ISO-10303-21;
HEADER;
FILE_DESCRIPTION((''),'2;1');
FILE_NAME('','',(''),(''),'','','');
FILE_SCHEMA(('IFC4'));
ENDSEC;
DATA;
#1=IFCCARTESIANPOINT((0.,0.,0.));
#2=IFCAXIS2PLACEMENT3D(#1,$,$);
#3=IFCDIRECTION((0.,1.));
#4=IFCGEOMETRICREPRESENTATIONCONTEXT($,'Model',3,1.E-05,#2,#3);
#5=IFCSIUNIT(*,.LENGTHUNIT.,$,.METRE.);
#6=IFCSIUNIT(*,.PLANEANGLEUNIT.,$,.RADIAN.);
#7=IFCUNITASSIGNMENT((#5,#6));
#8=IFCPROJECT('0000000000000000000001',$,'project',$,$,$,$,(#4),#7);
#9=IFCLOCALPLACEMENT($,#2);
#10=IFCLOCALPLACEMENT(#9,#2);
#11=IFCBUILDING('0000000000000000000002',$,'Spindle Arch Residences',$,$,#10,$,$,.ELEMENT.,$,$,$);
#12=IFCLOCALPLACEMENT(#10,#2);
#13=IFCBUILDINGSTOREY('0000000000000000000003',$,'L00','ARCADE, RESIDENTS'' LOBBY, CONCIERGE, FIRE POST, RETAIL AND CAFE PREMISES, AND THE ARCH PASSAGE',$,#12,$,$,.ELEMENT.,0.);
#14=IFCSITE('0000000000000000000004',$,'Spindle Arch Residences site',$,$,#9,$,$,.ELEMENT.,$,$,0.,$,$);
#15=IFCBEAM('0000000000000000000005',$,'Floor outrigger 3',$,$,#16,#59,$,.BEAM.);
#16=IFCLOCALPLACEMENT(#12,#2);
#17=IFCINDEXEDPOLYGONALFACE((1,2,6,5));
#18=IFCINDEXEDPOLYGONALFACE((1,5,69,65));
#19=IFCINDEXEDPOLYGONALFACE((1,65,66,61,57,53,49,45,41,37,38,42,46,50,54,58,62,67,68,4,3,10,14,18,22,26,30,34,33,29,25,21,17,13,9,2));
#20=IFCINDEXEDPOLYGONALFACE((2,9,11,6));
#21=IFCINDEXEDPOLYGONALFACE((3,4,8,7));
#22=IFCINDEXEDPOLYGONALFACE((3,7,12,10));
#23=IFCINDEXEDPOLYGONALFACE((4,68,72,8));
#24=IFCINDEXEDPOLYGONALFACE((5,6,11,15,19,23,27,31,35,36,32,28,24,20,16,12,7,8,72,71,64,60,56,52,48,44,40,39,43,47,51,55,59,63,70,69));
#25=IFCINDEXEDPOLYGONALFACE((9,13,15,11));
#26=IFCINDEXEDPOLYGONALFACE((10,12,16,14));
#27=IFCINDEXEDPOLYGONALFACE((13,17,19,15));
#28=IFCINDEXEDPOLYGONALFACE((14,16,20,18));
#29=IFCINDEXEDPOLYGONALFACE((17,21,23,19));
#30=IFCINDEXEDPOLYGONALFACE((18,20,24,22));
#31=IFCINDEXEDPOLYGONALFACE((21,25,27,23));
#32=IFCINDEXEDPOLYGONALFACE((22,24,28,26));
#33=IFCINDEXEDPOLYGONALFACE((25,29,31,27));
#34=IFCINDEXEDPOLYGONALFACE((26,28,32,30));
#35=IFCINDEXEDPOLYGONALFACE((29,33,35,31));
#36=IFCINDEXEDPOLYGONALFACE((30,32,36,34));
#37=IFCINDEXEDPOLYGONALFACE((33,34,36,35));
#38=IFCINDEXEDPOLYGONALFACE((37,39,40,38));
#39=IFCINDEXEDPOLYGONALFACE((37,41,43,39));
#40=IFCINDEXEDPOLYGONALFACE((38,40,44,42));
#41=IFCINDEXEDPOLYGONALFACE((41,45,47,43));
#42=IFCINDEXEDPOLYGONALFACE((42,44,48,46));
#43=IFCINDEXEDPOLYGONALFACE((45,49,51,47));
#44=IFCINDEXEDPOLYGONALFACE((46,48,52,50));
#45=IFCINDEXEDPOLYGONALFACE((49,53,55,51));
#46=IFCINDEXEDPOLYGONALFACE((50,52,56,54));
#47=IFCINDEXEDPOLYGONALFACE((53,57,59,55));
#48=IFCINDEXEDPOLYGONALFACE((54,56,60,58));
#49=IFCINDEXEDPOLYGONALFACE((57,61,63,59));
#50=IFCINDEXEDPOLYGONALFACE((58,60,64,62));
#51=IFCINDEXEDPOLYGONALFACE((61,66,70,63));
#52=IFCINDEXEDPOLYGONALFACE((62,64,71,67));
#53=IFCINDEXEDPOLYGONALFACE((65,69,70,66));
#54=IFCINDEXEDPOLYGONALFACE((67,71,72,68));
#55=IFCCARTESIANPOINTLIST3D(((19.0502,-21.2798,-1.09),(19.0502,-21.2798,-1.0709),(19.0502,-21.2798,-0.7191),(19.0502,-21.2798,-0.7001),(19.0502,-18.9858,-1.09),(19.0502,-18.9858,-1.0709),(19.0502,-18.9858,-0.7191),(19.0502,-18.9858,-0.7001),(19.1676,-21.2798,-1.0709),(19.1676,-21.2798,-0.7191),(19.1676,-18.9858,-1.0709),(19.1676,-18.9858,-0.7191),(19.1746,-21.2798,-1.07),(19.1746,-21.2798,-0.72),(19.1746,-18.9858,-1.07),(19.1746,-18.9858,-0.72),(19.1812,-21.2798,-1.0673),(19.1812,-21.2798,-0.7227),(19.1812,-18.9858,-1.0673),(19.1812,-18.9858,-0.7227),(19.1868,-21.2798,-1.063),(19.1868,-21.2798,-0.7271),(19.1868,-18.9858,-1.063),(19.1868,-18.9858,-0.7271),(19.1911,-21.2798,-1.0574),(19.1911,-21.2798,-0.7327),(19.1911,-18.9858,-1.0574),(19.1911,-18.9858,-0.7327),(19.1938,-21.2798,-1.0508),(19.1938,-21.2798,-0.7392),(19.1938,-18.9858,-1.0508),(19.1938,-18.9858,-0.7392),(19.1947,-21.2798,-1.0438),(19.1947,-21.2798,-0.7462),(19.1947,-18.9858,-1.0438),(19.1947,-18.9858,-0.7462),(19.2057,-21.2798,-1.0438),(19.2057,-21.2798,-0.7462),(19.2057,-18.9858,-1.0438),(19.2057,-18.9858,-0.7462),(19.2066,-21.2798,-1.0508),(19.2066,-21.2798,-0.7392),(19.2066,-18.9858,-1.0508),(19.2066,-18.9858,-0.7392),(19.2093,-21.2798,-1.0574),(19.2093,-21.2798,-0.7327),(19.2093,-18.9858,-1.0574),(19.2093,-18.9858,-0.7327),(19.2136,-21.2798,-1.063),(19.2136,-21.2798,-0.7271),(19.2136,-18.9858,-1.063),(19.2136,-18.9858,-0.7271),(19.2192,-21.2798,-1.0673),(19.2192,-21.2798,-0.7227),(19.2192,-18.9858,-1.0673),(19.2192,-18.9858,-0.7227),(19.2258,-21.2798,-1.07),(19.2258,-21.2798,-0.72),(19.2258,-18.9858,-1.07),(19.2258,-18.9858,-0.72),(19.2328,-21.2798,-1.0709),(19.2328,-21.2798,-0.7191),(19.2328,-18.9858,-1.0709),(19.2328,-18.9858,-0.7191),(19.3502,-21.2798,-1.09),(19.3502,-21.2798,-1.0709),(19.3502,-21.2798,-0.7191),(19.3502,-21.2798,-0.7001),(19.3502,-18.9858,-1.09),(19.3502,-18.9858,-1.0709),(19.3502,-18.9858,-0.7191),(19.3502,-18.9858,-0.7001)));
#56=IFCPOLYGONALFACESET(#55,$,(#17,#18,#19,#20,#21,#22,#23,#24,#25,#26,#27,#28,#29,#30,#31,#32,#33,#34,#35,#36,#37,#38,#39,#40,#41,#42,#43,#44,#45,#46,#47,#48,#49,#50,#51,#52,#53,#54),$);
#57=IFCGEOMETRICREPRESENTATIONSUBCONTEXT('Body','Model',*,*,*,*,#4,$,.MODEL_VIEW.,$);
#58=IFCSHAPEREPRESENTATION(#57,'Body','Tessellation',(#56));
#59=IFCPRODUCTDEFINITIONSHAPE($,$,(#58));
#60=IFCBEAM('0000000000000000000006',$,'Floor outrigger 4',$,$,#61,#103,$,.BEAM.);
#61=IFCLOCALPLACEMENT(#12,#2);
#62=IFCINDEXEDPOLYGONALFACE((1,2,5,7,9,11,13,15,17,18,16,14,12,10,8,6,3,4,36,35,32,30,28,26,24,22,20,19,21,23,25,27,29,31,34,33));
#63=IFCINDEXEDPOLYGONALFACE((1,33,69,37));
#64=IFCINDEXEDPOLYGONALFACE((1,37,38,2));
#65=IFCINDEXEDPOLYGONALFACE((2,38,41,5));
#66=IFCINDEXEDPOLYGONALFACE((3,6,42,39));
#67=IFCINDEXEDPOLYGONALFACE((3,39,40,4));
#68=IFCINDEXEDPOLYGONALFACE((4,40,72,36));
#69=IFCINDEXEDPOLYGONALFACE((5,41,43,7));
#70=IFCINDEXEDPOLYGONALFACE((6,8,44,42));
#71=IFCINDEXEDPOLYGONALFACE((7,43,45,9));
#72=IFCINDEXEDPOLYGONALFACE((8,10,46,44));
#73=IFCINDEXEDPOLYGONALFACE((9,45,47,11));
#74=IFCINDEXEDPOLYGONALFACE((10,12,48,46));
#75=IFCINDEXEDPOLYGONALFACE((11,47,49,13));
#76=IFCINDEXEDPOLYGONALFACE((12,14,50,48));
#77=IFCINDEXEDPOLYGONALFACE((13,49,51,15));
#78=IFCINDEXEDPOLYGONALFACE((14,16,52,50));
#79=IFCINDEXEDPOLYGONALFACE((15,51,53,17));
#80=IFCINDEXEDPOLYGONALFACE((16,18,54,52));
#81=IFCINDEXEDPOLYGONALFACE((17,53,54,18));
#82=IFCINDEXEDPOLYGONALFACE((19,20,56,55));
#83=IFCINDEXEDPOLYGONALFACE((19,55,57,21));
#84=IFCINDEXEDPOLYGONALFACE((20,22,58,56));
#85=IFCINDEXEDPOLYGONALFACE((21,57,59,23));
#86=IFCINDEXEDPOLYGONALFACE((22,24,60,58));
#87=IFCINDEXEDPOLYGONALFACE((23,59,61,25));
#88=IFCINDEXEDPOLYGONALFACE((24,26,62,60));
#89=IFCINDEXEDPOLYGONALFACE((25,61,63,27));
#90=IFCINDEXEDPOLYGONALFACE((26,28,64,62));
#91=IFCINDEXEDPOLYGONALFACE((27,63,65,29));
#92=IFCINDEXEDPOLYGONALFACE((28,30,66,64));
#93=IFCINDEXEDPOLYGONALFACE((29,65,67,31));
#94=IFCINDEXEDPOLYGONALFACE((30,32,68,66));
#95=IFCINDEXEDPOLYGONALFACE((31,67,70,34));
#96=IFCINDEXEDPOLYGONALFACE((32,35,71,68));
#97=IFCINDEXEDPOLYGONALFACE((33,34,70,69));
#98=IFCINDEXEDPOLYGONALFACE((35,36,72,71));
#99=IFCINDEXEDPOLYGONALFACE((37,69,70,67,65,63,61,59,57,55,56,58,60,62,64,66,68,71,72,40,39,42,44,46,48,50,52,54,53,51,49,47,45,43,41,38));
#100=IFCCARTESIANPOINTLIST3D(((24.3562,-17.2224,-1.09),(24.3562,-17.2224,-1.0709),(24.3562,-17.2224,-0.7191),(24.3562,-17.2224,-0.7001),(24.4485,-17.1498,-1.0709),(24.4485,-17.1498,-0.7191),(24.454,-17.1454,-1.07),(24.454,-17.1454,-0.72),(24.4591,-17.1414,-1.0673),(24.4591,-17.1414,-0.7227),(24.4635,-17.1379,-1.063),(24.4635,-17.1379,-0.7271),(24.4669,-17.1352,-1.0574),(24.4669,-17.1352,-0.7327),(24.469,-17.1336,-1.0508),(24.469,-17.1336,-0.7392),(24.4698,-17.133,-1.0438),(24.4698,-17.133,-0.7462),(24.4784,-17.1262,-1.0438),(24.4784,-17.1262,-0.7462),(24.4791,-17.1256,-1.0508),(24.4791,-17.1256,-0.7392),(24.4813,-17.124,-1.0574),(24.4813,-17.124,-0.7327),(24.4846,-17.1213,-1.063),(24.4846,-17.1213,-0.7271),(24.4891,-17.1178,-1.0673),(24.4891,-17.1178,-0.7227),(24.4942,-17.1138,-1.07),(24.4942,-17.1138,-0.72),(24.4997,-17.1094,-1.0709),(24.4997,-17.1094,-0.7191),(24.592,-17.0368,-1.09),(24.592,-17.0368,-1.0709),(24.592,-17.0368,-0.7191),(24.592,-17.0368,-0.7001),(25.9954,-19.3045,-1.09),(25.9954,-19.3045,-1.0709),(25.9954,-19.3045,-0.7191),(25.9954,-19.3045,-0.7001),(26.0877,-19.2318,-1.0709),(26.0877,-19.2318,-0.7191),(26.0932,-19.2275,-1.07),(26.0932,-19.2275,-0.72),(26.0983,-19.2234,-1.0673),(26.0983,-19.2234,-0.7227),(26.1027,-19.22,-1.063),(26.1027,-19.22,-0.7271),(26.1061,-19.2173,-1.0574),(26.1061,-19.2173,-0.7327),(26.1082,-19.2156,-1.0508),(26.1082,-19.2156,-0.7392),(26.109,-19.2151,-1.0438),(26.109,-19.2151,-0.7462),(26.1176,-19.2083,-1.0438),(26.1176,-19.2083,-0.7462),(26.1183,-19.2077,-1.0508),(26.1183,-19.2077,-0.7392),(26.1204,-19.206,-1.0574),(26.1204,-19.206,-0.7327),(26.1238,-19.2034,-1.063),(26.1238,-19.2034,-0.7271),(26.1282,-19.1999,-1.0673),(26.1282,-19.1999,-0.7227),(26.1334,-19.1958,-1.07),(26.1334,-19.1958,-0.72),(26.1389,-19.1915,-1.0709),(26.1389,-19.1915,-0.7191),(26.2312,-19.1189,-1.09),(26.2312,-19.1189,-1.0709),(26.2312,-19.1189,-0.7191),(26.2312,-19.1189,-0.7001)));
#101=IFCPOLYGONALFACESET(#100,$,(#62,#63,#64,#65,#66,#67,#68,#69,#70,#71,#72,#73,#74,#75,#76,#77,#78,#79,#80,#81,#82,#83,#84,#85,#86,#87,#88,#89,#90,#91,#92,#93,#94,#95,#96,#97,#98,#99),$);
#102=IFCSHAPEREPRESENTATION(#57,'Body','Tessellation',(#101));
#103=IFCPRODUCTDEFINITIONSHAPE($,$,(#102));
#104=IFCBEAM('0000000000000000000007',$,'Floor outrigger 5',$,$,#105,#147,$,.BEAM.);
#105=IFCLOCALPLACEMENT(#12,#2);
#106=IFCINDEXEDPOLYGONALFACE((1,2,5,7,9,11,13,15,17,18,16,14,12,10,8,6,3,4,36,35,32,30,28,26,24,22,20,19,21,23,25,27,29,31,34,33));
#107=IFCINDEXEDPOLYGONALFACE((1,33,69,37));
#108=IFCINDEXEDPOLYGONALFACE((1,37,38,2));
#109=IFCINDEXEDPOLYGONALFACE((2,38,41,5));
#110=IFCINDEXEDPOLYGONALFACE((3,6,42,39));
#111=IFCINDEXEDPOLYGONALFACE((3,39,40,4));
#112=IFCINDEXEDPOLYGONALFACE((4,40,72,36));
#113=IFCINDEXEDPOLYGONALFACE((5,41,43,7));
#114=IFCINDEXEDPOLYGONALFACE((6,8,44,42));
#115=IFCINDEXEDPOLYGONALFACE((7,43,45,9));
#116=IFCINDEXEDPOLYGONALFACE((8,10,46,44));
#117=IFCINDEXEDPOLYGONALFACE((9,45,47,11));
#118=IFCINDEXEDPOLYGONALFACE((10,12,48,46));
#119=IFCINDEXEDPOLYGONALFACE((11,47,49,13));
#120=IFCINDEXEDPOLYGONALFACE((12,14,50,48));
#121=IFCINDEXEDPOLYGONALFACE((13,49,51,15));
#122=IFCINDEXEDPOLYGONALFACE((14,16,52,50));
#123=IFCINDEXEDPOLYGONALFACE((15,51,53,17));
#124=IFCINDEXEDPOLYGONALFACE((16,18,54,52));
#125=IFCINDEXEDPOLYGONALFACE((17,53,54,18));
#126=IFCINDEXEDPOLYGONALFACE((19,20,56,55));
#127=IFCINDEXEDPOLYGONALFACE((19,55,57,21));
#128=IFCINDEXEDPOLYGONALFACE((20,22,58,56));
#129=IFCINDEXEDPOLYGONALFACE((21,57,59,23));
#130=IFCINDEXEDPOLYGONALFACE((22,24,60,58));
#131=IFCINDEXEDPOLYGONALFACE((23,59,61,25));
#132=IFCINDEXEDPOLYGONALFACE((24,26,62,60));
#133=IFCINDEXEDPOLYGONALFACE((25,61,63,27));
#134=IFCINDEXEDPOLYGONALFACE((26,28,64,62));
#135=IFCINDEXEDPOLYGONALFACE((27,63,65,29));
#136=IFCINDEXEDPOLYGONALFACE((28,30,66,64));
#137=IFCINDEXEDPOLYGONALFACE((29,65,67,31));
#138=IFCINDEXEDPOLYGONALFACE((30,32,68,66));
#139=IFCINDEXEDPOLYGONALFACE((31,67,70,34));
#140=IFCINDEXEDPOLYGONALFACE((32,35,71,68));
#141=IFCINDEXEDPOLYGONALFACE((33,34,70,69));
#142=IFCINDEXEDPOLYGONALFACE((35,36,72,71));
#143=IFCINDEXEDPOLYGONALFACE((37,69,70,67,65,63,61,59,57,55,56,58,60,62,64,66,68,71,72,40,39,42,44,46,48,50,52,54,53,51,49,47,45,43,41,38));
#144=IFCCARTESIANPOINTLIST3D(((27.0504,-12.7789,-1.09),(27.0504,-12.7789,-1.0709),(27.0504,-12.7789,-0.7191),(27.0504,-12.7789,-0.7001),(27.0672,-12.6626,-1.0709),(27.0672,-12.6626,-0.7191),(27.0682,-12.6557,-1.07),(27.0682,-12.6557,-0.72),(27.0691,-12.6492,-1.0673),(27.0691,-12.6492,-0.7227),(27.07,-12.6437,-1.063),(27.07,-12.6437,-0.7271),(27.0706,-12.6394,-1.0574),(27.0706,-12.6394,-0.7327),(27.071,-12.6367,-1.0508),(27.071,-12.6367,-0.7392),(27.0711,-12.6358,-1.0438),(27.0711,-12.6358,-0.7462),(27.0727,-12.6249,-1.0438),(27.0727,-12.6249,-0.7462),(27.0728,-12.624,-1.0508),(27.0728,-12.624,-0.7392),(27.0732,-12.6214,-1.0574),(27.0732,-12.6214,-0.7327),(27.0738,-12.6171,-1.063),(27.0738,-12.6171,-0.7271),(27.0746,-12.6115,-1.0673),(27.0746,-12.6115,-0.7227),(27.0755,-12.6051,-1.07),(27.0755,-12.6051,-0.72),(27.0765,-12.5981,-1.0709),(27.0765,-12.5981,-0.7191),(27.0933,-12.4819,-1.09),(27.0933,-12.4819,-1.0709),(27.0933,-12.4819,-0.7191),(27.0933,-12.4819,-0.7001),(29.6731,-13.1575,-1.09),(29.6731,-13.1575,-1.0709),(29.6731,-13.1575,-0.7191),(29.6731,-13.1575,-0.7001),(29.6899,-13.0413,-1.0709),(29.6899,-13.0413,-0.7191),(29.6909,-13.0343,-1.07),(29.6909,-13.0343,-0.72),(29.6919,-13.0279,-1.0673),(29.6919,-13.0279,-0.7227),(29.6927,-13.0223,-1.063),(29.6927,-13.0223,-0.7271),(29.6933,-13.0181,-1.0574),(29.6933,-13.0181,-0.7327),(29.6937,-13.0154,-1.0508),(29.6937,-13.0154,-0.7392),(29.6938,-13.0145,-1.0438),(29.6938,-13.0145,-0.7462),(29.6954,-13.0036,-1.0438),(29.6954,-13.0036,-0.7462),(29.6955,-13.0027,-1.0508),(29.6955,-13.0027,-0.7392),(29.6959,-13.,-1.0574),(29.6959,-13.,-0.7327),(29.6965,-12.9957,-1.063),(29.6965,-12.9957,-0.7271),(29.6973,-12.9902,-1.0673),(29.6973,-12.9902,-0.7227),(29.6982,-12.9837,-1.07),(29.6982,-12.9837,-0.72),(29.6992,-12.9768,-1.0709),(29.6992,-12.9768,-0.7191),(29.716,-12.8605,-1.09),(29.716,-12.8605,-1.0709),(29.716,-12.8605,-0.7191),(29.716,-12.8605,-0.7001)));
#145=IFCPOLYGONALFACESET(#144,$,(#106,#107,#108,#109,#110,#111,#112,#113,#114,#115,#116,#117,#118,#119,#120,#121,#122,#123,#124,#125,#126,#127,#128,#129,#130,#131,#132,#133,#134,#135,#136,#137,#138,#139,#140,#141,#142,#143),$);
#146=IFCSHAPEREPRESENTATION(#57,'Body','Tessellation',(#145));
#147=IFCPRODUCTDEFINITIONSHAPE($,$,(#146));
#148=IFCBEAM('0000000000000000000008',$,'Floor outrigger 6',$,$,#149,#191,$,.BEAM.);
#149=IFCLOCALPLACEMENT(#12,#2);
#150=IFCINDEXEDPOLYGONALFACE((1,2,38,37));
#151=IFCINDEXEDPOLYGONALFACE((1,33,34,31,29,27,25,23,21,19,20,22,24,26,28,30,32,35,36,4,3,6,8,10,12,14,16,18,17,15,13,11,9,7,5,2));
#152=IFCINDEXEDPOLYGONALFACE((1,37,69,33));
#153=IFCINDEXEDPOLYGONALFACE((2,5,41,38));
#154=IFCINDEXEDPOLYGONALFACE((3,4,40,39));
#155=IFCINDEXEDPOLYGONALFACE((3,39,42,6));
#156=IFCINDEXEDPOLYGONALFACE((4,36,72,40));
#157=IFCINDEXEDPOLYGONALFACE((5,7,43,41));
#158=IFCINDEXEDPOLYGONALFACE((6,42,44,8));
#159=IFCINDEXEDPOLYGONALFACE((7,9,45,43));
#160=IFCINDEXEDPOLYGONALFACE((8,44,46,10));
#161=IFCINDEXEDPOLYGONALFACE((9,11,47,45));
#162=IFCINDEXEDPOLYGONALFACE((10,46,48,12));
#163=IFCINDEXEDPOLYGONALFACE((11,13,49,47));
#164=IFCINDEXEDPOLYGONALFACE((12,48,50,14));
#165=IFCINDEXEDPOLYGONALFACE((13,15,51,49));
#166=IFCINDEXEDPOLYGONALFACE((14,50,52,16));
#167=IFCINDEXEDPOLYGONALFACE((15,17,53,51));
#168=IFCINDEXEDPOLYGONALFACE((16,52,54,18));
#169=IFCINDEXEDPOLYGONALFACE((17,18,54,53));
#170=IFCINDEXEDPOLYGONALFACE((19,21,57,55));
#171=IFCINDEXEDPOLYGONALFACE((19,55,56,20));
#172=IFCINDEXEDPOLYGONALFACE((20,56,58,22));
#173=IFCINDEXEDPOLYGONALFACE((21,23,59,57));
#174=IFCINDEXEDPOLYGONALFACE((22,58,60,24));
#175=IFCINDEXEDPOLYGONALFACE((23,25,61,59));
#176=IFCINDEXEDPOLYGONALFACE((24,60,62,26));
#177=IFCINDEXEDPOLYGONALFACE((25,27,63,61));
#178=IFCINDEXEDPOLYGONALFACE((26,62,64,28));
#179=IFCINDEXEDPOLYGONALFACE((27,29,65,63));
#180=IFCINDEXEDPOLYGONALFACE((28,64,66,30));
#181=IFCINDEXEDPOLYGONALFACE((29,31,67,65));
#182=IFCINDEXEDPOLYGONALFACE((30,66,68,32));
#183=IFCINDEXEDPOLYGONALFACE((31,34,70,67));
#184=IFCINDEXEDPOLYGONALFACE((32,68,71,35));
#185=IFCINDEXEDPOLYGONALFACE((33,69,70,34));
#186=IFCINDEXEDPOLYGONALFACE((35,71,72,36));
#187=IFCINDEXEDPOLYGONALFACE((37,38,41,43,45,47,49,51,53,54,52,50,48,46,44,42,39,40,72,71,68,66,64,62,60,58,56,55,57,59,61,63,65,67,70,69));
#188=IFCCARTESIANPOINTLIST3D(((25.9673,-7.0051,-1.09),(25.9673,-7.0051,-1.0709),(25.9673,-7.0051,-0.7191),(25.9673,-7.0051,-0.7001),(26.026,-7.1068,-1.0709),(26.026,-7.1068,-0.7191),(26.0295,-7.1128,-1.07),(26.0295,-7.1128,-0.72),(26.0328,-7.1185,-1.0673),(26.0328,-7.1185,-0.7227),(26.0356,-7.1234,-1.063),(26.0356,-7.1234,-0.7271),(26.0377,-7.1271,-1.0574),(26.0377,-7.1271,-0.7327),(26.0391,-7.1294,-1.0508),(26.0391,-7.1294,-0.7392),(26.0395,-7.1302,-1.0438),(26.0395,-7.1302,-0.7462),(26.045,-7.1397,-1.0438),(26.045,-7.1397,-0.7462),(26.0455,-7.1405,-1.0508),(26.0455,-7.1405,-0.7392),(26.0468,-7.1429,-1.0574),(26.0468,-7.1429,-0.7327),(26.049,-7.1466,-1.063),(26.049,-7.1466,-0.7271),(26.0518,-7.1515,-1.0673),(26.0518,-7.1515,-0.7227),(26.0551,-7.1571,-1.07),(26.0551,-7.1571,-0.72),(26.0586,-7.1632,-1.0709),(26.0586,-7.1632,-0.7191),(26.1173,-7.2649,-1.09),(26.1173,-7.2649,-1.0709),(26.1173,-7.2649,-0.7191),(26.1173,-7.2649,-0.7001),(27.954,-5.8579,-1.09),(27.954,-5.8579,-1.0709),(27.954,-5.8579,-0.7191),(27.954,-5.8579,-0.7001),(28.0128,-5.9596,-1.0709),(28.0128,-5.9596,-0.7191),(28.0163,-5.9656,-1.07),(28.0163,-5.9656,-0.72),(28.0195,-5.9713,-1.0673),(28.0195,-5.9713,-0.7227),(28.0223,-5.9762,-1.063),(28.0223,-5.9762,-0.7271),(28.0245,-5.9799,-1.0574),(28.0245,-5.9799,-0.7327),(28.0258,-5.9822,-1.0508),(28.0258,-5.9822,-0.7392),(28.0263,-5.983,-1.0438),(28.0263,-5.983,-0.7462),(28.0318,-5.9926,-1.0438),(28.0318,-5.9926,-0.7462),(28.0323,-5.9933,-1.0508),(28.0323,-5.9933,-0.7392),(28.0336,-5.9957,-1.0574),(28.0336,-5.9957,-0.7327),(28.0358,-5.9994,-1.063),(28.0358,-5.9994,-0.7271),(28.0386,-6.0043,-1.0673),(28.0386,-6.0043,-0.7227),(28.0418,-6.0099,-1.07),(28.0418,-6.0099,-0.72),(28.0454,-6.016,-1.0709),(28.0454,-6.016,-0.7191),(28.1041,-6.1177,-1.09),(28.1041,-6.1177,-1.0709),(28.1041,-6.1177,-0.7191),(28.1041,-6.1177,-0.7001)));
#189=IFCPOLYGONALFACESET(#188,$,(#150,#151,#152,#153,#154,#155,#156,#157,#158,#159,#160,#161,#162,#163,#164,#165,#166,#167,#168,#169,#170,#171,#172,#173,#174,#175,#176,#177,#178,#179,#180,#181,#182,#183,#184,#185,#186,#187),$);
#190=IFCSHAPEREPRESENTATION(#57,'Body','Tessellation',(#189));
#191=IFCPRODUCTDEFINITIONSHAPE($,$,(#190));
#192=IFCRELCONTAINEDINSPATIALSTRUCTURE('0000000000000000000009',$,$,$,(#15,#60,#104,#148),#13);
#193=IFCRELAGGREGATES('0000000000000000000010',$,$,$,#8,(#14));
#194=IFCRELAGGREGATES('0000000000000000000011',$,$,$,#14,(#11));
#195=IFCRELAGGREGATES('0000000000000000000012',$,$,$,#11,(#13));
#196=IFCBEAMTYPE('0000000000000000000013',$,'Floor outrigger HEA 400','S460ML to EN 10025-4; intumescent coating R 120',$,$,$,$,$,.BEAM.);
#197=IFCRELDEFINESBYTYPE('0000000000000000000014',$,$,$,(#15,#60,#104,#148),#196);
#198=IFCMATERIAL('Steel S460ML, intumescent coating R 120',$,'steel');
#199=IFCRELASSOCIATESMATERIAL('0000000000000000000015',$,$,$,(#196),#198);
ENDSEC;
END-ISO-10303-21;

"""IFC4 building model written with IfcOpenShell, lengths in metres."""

from ifc_helpers import new_model, si_unit, direction, frame, origin, origin_2d, place, context, subcontext, project, spatial, i_section, extrude, material, material_profile, profile_set, type_object, element, save


model = new_model("IFC4")

# Units and contexts
model_context = context("Model", 3, precision=1e-05, world=origin(), true_north=direction((0.0, 1.0)))
body_context = subcontext(model_context, "Body", "Model", "MODEL_VIEW")
ifc_project = project(units=[si_unit("LENGTHUNIT", "METRE"), si_unit("PLANEANGLEUNIT", "RADIAN")], contexts=[model_context])

# Site, building, storey
site_placement = place(None, origin())
site = spatial("IfcSite", under=ifc_project, at=site_placement, Name="Spindle Arch Residences site", CompositionType="ELEMENT", RefElevation=0.0)
building_placement = place(site_placement, origin())
building = spatial("IfcBuilding", under=site, at=building_placement, Name="Spindle Arch Residences", CompositionType="ELEMENT")
storey_placement = place(building_placement, origin())
storey = spatial("IfcBuildingStorey", under=building, at=storey_placement, Name="L00", Description="ARCADE, RESIDENTS' LOBBY, CONCIERGE, FIRE POST, RETAIL AND CAFE PREMISES, AND THE ARCH PASSAGE", CompositionType="ELEMENT", Elevation=0.0)

# Beams
ifc_material_1 = material(Name="Steel S460ML, intumescent coating R 120", Category="steel")
ifc_material_profile_1 = material_profile(ifc_material_1, i_section(OverallWidth=0.3, OverallDepth=0.3899, WebThickness=0.011, FlangeThickness=0.019, FilletRadius=0.0271, at=origin_2d()), Name="HEA 400")
ifc_profile_set_1 = profile_set([ifc_material_profile_1], Name="Steel S460ML, intumescent coating R 120")
beam_type_1 = type_object("IfcBeamType", Name="Floor outrigger HEA 400", Description="S460ML to EN 10025-4; intumescent coating R 120", PredefinedType="BEAM", material=ifc_profile_set_1)
beam_1_placement = place(storey_placement, frame((19.2002, -21.2798, -0.895), z_axis=(0.0, 1.0, 0.0), x_axis=(-1.0, 0.0, 0.0)))
element("IfcBeam", 1, at=beam_1_placement, inside=storey, type_object=beam_type_1, Name="Floor outrigger 3", PredefinedType="BEAM", context=body_context, shape_type="SweptSolid", body=[
    extrude(i_section(OverallWidth=0.3, OverallDepth=0.3899, WebThickness=0.011, FlangeThickness=0.019, FilletRadius=0.0271, at=origin_2d()), origin(), (0.0, 0.0, 1.0), 2.2939),
])
for number, where, z_axis, x_axis, name in (
    (2, (26.1133, -19.2117, -0.895), (-0.618586, 0.785717, 0.0), (-0.785717, -0.618586, 0.0), "Floor outrigger 4"),
    (3, (29.6946, -13.009, -0.895), (-0.989738, 0.142892, 0.0), (-0.142892, -0.989738, 0.0), "Floor outrigger 5"),
):
    element("IfcBeam", number, at=place(storey_placement, frame(where, z_axis=z_axis, x_axis=x_axis)), inside=storey, type_object=beam_type_1, Name=name, PredefinedType="BEAM", context=body_context, shape_type="SweptSolid", body=[
        extrude(i_section(OverallWidth=0.3, OverallDepth=0.3899, WebThickness=0.011, FlangeThickness=0.019, FilletRadius=0.0271, at=origin_2d()), origin(), (0.0, 0.0, 1.0), 2.6499),
    ])
beam_2_placement = place(storey_placement, frame((28.0291, -5.9878, -0.895), z_axis=(-0.866001, -0.500042, 0.0), x_axis=(0.500042, -0.866001, 0.0)))
element("IfcBeam", 4, at=beam_2_placement, inside=storey, type_object=beam_type_1, Name="Floor outrigger 6", PredefinedType="BEAM", context=body_context, shape_type="SweptSolid", body=[
    extrude(i_section(OverallWidth=0.3, OverallDepth=0.3899, WebThickness=0.011, FlangeThickness=0.019, FilletRadius=0.0271, at=origin_2d()), origin(), (0.0, 0.0, 1.0), 2.2942),
])

save(model, "model.ifc")
